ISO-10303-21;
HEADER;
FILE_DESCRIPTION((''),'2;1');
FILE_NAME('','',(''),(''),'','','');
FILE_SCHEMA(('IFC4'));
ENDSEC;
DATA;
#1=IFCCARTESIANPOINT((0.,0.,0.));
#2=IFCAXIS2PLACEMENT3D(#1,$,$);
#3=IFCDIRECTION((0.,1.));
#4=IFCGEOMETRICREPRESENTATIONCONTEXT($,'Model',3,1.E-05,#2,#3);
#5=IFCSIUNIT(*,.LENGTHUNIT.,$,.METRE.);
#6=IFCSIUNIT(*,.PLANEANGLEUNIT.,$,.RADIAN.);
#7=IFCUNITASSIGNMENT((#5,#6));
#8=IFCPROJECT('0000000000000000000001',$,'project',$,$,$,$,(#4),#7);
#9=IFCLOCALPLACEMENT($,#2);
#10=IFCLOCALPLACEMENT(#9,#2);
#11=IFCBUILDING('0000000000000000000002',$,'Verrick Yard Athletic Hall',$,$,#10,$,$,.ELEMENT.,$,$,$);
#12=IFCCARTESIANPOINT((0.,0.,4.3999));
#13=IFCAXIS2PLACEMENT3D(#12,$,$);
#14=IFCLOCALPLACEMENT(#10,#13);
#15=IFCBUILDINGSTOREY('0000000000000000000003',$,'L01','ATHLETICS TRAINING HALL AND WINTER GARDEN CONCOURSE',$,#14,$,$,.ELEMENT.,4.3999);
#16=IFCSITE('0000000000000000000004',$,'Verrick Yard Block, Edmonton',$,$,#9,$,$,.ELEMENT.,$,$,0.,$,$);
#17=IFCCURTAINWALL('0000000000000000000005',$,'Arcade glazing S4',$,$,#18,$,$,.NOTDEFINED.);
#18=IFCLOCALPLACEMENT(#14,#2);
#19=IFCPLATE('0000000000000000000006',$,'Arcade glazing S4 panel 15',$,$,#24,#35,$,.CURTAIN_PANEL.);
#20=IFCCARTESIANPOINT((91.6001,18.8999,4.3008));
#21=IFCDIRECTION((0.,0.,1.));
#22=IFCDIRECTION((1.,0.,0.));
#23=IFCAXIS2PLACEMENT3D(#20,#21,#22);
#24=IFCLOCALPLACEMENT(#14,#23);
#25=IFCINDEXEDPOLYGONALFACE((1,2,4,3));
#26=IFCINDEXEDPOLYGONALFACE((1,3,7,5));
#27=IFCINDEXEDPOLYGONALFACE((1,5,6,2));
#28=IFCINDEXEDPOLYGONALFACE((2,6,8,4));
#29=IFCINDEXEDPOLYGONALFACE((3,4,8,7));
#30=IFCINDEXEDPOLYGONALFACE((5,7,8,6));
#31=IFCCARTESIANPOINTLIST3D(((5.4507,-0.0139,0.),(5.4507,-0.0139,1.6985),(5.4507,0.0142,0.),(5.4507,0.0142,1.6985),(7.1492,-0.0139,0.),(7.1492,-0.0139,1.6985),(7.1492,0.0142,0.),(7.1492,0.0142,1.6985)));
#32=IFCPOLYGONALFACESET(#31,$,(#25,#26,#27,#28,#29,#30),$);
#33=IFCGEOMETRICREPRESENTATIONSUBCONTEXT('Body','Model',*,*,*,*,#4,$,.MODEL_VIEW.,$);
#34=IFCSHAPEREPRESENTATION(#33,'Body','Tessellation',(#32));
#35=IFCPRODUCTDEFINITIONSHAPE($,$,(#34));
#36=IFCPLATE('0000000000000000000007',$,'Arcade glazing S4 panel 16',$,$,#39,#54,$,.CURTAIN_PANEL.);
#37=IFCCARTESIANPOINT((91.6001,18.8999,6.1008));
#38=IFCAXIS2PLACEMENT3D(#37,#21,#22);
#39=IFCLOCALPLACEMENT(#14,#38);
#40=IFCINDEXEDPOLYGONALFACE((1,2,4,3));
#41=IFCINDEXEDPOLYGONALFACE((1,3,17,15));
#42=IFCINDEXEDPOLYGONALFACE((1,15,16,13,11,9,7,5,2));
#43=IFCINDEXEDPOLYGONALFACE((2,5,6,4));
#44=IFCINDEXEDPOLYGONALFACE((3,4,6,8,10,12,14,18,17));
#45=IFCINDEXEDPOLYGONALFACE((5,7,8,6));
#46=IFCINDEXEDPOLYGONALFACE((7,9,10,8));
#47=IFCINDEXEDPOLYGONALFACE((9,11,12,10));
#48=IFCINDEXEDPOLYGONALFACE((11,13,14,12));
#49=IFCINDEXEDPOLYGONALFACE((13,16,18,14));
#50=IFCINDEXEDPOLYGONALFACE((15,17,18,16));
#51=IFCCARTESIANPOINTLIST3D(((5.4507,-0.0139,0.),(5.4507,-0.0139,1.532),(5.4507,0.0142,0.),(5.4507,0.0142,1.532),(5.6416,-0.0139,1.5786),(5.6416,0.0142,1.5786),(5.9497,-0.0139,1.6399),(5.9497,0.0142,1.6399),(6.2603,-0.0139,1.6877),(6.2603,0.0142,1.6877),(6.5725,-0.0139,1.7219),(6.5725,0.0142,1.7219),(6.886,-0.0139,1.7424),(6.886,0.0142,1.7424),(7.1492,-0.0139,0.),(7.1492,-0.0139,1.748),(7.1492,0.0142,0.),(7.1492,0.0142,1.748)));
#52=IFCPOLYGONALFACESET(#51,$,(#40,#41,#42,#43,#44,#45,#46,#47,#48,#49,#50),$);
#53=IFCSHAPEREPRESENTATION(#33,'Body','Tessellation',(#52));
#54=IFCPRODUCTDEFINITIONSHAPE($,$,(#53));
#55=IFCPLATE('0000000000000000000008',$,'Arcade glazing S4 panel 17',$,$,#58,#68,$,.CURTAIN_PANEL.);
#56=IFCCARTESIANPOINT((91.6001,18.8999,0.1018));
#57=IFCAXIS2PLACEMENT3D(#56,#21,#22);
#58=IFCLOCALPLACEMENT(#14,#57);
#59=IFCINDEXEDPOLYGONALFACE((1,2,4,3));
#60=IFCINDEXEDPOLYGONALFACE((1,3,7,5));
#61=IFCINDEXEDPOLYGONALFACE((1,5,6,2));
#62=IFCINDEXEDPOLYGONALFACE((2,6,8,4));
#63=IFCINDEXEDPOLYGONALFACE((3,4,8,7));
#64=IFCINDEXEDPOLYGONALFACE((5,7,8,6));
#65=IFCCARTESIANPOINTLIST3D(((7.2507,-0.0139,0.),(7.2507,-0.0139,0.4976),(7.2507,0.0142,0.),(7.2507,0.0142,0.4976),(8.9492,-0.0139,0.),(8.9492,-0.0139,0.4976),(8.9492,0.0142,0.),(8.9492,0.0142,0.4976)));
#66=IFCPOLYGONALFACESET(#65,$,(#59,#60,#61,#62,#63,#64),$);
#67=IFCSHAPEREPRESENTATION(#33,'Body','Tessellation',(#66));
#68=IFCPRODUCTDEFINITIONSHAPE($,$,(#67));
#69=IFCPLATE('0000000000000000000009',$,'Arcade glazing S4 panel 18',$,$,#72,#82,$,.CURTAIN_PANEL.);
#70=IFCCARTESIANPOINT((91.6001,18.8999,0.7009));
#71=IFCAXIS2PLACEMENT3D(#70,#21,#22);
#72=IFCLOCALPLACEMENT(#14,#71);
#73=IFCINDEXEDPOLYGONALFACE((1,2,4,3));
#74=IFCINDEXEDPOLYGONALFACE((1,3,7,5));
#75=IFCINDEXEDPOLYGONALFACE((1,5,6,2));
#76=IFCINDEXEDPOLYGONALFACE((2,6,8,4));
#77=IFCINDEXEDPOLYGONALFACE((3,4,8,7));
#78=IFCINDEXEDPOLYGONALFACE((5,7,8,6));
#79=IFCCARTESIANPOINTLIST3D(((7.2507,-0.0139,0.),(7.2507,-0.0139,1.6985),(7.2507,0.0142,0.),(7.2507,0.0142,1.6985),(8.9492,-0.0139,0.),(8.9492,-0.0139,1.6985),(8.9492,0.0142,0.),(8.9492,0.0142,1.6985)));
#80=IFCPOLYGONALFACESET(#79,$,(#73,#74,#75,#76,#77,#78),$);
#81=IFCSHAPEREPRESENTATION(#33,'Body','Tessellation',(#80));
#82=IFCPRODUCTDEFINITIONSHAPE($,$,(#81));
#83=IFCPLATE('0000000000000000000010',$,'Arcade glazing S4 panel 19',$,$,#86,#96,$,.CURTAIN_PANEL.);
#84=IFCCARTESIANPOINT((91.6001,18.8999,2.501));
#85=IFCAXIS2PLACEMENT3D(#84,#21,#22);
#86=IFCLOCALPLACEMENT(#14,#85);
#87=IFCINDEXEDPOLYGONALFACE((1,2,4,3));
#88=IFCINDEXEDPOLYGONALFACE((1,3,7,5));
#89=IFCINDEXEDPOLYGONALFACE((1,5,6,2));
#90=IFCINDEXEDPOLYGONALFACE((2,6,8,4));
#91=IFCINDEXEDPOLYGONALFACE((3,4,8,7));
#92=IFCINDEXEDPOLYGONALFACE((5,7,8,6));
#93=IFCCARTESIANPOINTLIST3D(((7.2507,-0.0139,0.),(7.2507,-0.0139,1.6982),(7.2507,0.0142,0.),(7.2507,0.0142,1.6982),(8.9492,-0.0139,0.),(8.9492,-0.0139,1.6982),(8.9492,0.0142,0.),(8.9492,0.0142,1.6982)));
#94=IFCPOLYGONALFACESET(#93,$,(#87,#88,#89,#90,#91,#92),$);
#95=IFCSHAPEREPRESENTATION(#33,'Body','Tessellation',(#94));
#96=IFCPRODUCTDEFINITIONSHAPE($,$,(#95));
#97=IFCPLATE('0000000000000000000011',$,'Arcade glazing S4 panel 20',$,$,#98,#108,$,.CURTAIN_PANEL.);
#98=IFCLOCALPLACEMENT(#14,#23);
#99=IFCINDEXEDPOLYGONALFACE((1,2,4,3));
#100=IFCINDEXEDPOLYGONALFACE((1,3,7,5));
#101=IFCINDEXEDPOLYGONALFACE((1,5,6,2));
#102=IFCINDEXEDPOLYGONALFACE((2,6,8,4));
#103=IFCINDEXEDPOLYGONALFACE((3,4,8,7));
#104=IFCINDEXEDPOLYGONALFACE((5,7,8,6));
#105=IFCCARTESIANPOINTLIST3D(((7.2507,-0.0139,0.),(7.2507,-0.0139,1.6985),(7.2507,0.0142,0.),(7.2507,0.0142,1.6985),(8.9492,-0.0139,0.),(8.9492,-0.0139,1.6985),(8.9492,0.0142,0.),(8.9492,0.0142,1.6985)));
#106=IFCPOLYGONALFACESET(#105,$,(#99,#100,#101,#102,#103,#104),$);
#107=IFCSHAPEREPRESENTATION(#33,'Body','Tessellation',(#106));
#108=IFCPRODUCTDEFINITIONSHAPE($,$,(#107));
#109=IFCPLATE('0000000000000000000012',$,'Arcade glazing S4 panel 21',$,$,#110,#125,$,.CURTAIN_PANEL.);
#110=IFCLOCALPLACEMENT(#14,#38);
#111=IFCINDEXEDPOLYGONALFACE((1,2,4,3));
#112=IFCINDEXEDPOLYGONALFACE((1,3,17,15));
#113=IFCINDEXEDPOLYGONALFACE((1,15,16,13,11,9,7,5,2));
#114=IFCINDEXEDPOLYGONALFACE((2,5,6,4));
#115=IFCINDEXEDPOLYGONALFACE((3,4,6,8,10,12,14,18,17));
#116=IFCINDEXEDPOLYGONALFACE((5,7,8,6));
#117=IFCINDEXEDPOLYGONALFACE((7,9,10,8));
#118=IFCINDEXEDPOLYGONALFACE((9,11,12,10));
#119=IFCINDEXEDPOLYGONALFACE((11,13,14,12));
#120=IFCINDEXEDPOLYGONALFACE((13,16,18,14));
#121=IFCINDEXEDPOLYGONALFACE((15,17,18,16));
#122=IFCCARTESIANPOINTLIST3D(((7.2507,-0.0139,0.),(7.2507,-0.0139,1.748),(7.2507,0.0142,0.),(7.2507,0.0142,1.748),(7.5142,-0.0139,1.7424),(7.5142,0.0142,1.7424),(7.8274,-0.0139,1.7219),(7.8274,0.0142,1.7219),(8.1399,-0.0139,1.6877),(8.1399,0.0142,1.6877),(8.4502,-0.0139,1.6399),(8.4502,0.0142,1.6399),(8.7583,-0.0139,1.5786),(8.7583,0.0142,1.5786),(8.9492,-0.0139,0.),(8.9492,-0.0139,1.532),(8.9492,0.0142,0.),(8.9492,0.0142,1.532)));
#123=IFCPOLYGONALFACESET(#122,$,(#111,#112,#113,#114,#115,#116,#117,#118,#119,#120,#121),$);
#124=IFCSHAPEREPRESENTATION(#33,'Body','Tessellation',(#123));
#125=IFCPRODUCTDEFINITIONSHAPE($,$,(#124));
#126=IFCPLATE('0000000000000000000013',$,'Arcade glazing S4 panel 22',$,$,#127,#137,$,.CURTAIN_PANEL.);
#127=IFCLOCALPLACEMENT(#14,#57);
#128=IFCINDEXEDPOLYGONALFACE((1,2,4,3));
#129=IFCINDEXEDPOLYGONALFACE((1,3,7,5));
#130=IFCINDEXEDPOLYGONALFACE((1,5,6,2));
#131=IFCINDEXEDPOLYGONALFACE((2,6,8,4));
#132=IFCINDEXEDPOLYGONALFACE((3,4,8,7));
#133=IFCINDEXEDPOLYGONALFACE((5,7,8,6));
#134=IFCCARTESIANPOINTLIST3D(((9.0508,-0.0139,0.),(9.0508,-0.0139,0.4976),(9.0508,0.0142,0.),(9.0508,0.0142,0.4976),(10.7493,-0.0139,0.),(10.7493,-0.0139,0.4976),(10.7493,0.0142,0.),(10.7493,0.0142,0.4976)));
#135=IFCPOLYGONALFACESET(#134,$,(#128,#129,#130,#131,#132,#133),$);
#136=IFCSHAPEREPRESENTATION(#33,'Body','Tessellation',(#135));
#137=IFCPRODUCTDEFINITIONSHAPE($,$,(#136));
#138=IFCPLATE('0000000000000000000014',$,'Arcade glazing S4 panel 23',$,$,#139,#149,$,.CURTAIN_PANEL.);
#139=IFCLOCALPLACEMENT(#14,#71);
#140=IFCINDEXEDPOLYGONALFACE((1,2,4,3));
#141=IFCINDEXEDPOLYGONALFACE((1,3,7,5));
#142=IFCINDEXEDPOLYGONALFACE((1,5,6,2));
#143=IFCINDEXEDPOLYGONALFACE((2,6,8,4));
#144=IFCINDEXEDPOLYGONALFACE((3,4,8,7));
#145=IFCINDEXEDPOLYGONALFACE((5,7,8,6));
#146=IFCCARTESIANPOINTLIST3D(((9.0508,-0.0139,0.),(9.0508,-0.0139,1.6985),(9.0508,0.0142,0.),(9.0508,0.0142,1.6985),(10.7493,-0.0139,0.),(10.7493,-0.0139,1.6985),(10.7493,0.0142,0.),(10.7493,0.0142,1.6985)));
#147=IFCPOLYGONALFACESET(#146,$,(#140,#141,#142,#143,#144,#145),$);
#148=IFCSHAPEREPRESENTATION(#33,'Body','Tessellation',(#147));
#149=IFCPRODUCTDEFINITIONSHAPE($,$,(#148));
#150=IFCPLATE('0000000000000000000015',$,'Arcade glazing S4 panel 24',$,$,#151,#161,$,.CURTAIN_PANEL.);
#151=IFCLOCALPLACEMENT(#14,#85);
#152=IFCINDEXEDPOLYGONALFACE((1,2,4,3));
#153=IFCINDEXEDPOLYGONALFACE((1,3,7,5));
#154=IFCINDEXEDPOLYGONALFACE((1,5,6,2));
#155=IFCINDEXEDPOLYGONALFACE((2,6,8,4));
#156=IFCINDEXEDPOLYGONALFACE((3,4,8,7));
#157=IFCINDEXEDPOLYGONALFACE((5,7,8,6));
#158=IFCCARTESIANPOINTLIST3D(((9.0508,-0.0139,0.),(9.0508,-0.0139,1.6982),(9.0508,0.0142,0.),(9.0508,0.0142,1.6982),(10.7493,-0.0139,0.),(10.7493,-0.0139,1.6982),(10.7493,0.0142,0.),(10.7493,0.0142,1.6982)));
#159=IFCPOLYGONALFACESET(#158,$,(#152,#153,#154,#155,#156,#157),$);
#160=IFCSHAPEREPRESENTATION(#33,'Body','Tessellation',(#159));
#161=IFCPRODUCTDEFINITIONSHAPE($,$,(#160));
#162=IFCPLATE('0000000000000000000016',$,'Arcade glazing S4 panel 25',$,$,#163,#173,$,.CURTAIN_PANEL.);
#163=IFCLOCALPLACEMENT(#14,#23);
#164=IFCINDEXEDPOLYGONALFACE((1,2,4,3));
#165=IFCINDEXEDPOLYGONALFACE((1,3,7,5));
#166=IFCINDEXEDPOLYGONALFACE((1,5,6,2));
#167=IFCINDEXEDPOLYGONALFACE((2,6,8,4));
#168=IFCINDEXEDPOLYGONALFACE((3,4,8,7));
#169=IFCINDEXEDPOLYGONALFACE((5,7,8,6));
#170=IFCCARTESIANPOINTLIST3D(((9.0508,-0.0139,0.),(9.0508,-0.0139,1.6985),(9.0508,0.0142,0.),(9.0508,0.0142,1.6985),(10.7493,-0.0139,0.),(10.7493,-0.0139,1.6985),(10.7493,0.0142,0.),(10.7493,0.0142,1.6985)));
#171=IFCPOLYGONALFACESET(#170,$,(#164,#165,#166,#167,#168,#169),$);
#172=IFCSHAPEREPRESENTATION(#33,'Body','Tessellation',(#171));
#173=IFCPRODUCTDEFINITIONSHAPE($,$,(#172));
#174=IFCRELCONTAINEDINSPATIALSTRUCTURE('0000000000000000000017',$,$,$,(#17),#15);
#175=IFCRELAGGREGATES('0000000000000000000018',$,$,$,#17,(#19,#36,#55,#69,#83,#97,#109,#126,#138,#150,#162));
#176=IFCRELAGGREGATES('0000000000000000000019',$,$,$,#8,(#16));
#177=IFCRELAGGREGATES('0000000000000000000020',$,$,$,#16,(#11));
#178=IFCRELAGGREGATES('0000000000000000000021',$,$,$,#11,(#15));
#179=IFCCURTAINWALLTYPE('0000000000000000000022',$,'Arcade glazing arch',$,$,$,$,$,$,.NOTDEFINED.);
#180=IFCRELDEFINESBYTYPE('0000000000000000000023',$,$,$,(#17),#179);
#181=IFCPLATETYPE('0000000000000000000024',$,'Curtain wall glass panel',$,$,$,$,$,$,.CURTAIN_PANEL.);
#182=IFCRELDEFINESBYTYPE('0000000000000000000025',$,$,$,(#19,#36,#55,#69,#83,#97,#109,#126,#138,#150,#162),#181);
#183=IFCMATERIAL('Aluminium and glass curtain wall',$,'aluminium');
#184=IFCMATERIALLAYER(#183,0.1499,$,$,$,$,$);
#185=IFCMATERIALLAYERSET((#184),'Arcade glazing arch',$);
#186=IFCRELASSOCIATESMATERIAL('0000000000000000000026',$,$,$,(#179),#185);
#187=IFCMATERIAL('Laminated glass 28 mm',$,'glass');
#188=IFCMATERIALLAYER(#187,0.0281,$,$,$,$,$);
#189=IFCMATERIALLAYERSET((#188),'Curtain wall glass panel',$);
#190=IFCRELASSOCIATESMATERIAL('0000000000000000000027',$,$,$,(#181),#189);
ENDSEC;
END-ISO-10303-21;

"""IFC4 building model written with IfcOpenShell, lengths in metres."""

from ifc_helpers import new_model, si_unit, direction, frame, origin, place, context, subcontext, project, spatial, polyline, outline, extrude, material, layer, layer_set, type_object, element, aggregate, save


model = new_model("IFC4")

# Units and contexts
model_context = context("Model", 3, precision=1e-05, world=origin(), true_north=direction((0.0, 1.0)))
body_context = subcontext(model_context, "Body", "Model", "MODEL_VIEW")
ifc_project = project(units=[si_unit("LENGTHUNIT", "METRE"), si_unit("PLANEANGLEUNIT", "RADIAN")], contexts=[model_context])

# Site, building, storey
site_placement = place(None, origin())
site = spatial("IfcSite", under=ifc_project, at=site_placement, Name="Verrick Yard Block, Edmonton", CompositionType="ELEMENT", RefElevation=0.0)
building_placement = place(site_placement, origin())
building = spatial("IfcBuilding", under=site, at=building_placement, Name="Verrick Yard Athletic Hall", CompositionType="ELEMENT")
storey_placement = place(building_placement, frame((0.0, 0.0, 4.3999)))
storey = spatial("IfcBuildingStorey", under=building, at=storey_placement, Name="L01", Description="ATHLETICS TRAINING HALL AND WINTER GARDEN CONCOURSE", CompositionType="ELEMENT", Elevation=4.3999)

# Curtain wall, plates
ifc_material_1 = material(Name="Aluminium and glass curtain wall", Category="aluminium")
ifc_layer_1 = layer(ifc_material_1, 0.1499)
ifc_layer_set_1 = layer_set([ifc_layer_1], Name="Arcade glazing arch")
curtain_wall_type = type_object("IfcCurtainWallType", Name="Arcade glazing arch", PredefinedType="NOTDEFINED", material=ifc_layer_set_1)
curtain_wall_placement = place(storey_placement, origin())
curtain_wall = element("IfcCurtainWall", 1, at=curtain_wall_placement, inside=storey, type_object=curtain_wall_type, Name="Arcade glazing S4", PredefinedType="NOTDEFINED")
ifc_material_2 = material(Name="Laminated glass 28 mm", Category="glass")
ifc_layer_2 = layer(ifc_material_2, 0.0281)
ifc_layer_set_2 = layer_set([ifc_layer_2], Name="Curtain wall glass panel")
plate_type = type_object("IfcPlateType", Name="Curtain wall glass panel", PredefinedType="CURTAIN_PANEL", material=ifc_layer_set_2)
plate_1_placement = place(storey_placement, frame((91.6001, 18.8999, 4.3008), z_axis=(0.0, 0.0, 1.0), x_axis=(1.0, 0.0, 0.0)))
plate_1 = element("IfcPlate", 2, at=plate_1_placement, type_object=plate_type, Name="Arcade glazing S4 panel 15", PredefinedType="CURTAIN_PANEL", context=body_context, shape_type="SweptSolid", body=[
    extrude(outline(polyline([(7.1492, 0.0), (7.1492, 1.6985), (5.4507, 1.6985), (5.4507, 0.0), (7.1492, 0.0)])), frame((0.0, 0.0142, 0.0), z_axis=(0.0, -1.0, 0.0), x_axis=(1.0, 0.0, 0.0)), (0.0, 0.0, 1.0), 0.0281),
])
plate_2_placement = place(storey_placement, frame((91.6001, 18.8999, 6.1008), z_axis=(0.0, 0.0, 1.0), x_axis=(1.0, 0.0, 0.0)))
plate_2 = element("IfcPlate", 3, at=plate_2_placement, type_object=plate_type, Name="Arcade glazing S4 panel 16", PredefinedType="CURTAIN_PANEL", context=body_context, shape_type="SweptSolid", body=[
    extrude(outline(polyline([(7.1492, 1.748), (6.886, 1.7424), (6.5725, 1.7219), (6.2603, 1.6877), (5.9497, 1.6399), (5.6416, 1.5786), (5.4507, 1.532), (5.4507, 0.0), (7.1492, 0.0), (7.1492, 1.748)])), frame((0.0, 0.0142, 0.0), z_axis=(0.0, -1.0, 0.0), x_axis=(1.0, 0.0, 0.0)), (0.0, 0.0, 1.0), 0.0281),
])
plate_3_placement = place(storey_placement, frame((91.6001, 18.8999, 0.1018), z_axis=(0.0, 0.0, 1.0), x_axis=(1.0, 0.0, 0.0)))
plate_3 = element("IfcPlate", 4, at=plate_3_placement, type_object=plate_type, Name="Arcade glazing S4 panel 17", PredefinedType="CURTAIN_PANEL", context=body_context, shape_type="SweptSolid", body=[
    extrude(outline(polyline([(8.9492, 0.0), (8.9492, 0.4976), (7.2507, 0.4976), (7.2507, 0.0), (8.9492, 0.0)])), frame((0.0, 0.0142, 0.0), z_axis=(0.0, -1.0, 0.0), x_axis=(1.0, 0.0, 0.0)), (0.0, 0.0, 1.0), 0.0281),
])
plate_4_placement = place(storey_placement, frame((91.6001, 18.8999, 0.7009), z_axis=(0.0, 0.0, 1.0), x_axis=(1.0, 0.0, 0.0)))
plate_4 = element("IfcPlate", 5, at=plate_4_placement, type_object=plate_type, Name="Arcade glazing S4 panel 18", PredefinedType="CURTAIN_PANEL", context=body_context, shape_type="SweptSolid", body=[
    extrude(outline(polyline([(8.9492, 0.0), (8.9492, 1.6985), (7.2507, 1.6985), (7.2507, 0.0), (8.9492, 0.0)])), frame((0.0, 0.0142, 0.0), z_axis=(0.0, -1.0, 0.0), x_axis=(1.0, 0.0, 0.0)), (0.0, 0.0, 1.0), 0.0281),
])
plate_5_placement = place(storey_placement, frame((91.6001, 18.8999, 2.501), z_axis=(0.0, 0.0, 1.0), x_axis=(1.0, 0.0, 0.0)))
plate_5 = element("IfcPlate", 6, at=plate_5_placement, type_object=plate_type, Name="Arcade glazing S4 panel 19", PredefinedType="CURTAIN_PANEL", context=body_context, shape_type="SweptSolid", body=[
    extrude(outline(polyline([(8.9492, 0.0), (8.9492, 1.6982), (7.2507, 1.6982), (7.2507, 0.0), (8.9492, 0.0)])), frame((0.0, 0.0142, 0.0), z_axis=(0.0, -1.0, 0.0), x_axis=(1.0, 0.0, 0.0)), (0.0, 0.0, 1.0), 0.0281),
])
plate_6_placement = place(storey_placement, frame((91.6001, 18.8999, 4.3008), z_axis=(0.0, 0.0, 1.0), x_axis=(1.0, 0.0, 0.0)))
plate_6 = element("IfcPlate", 7, at=plate_6_placement, type_object=plate_type, Name="Arcade glazing S4 panel 20", PredefinedType="CURTAIN_PANEL", context=body_context, shape_type="SweptSolid", body=[
    extrude(outline(polyline([(8.9492, 0.0), (8.9492, 1.6985), (7.2507, 1.6985), (7.2507, 0.0), (8.9492, 0.0)])), frame((0.0, 0.0142, 0.0), z_axis=(0.0, -1.0, 0.0), x_axis=(1.0, 0.0, 0.0)), (0.0, 0.0, 1.0), 0.0281),
])
plate_7_placement = place(storey_placement, frame((91.6001, 18.8999, 6.1008), z_axis=(0.0, 0.0, 1.0), x_axis=(1.0, 0.0, 0.0)))
plate_7 = element("IfcPlate", 8, at=plate_7_placement, type_object=plate_type, Name="Arcade glazing S4 panel 21", PredefinedType="CURTAIN_PANEL", context=body_context, shape_type="SweptSolid", body=[
    extrude(outline(polyline([(8.9492, 1.532), (8.7583, 1.5786), (8.4502, 1.6399), (8.1399, 1.6877), (7.8274, 1.7219), (7.5142, 1.7424), (7.2507, 1.748), (7.2507, 0.0), (8.9492, 0.0), (8.9492, 1.532)])), frame((0.0, 0.0142, 0.0), z_axis=(0.0, -1.0, 0.0), x_axis=(1.0, 0.0, 0.0)), (0.0, 0.0, 1.0), 0.0281),
])
plate_8_placement = place(storey_placement, frame((91.6001, 18.8999, 0.1018), z_axis=(0.0, 0.0, 1.0), x_axis=(1.0, 0.0, 0.0)))
plate_8 = element("IfcPlate", 9, at=plate_8_placement, type_object=plate_type, Name="Arcade glazing S4 panel 22", PredefinedType="CURTAIN_PANEL", context=body_context, shape_type="SweptSolid", body=[
    extrude(outline(polyline([(10.7493, 0.0), (10.7493, 0.4976), (9.0508, 0.4976), (9.0508, 0.0), (10.7493, 0.0)])), frame((0.0, 0.0142, 0.0), z_axis=(0.0, -1.0, 0.0), x_axis=(1.0, 0.0, 0.0)), (0.0, 0.0, 1.0), 0.0281),
])
plate_9_placement = place(storey_placement, frame((91.6001, 18.8999, 0.7009), z_axis=(0.0, 0.0, 1.0), x_axis=(1.0, 0.0, 0.0)))
plate_9 = element("IfcPlate", 10, at=plate_9_placement, type_object=plate_type, Name="Arcade glazing S4 panel 23", PredefinedType="CURTAIN_PANEL", context=body_context, shape_type="SweptSolid", body=[
    extrude(outline(polyline([(10.7493, 0.0), (10.7493, 1.6985), (9.0508, 1.6985), (9.0508, 0.0), (10.7493, 0.0)])), frame((0.0, 0.0142, 0.0), z_axis=(0.0, -1.0, 0.0), x_axis=(1.0, 0.0, 0.0)), (0.0, 0.0, 1.0), 0.0281),
])
plate_10_placement = place(storey_placement, frame((91.6001, 18.8999, 2.501), z_axis=(0.0, 0.0, 1.0), x_axis=(1.0, 0.0, 0.0)))
plate_10 = element("IfcPlate", 11, at=plate_10_placement, type_object=plate_type, Name="Arcade glazing S4 panel 24", PredefinedType="CURTAIN_PANEL", context=body_context, shape_type="SweptSolid", body=[
    extrude(outline(polyline([(10.7493, 0.0), (10.7493, 1.6982), (9.0508, 1.6982), (9.0508, 0.0), (10.7493, 0.0)])), frame((0.0, 0.0142, 0.0), z_axis=(0.0, -1.0, 0.0), x_axis=(1.0, 0.0, 0.0)), (0.0, 0.0, 1.0), 0.0281),
])
plate_11_placement = place(storey_placement, frame((91.6001, 18.8999, 4.3008), z_axis=(0.0, 0.0, 1.0), x_axis=(1.0, 0.0, 0.0)))
plate_11 = element("IfcPlate", 12, at=plate_11_placement, type_object=plate_type, Name="Arcade glazing S4 panel 25", PredefinedType="CURTAIN_PANEL", context=body_context, shape_type="SweptSolid", body=[
    extrude(outline(polyline([(10.7493, 0.0), (10.7493, 1.6985), (9.0508, 1.6985), (9.0508, 0.0), (10.7493, 0.0)])), frame((0.0, 0.0142, 0.0), z_axis=(0.0, -1.0, 0.0), x_axis=(1.0, 0.0, 0.0)), (0.0, 0.0, 1.0), 0.0281),
])
aggregate(curtain_wall, [plate_1, plate_2, plate_3, plate_4, plate_5, plate_6, plate_7, plate_8, plate_9, plate_10, plate_11])

save(model, "model.ifc")
